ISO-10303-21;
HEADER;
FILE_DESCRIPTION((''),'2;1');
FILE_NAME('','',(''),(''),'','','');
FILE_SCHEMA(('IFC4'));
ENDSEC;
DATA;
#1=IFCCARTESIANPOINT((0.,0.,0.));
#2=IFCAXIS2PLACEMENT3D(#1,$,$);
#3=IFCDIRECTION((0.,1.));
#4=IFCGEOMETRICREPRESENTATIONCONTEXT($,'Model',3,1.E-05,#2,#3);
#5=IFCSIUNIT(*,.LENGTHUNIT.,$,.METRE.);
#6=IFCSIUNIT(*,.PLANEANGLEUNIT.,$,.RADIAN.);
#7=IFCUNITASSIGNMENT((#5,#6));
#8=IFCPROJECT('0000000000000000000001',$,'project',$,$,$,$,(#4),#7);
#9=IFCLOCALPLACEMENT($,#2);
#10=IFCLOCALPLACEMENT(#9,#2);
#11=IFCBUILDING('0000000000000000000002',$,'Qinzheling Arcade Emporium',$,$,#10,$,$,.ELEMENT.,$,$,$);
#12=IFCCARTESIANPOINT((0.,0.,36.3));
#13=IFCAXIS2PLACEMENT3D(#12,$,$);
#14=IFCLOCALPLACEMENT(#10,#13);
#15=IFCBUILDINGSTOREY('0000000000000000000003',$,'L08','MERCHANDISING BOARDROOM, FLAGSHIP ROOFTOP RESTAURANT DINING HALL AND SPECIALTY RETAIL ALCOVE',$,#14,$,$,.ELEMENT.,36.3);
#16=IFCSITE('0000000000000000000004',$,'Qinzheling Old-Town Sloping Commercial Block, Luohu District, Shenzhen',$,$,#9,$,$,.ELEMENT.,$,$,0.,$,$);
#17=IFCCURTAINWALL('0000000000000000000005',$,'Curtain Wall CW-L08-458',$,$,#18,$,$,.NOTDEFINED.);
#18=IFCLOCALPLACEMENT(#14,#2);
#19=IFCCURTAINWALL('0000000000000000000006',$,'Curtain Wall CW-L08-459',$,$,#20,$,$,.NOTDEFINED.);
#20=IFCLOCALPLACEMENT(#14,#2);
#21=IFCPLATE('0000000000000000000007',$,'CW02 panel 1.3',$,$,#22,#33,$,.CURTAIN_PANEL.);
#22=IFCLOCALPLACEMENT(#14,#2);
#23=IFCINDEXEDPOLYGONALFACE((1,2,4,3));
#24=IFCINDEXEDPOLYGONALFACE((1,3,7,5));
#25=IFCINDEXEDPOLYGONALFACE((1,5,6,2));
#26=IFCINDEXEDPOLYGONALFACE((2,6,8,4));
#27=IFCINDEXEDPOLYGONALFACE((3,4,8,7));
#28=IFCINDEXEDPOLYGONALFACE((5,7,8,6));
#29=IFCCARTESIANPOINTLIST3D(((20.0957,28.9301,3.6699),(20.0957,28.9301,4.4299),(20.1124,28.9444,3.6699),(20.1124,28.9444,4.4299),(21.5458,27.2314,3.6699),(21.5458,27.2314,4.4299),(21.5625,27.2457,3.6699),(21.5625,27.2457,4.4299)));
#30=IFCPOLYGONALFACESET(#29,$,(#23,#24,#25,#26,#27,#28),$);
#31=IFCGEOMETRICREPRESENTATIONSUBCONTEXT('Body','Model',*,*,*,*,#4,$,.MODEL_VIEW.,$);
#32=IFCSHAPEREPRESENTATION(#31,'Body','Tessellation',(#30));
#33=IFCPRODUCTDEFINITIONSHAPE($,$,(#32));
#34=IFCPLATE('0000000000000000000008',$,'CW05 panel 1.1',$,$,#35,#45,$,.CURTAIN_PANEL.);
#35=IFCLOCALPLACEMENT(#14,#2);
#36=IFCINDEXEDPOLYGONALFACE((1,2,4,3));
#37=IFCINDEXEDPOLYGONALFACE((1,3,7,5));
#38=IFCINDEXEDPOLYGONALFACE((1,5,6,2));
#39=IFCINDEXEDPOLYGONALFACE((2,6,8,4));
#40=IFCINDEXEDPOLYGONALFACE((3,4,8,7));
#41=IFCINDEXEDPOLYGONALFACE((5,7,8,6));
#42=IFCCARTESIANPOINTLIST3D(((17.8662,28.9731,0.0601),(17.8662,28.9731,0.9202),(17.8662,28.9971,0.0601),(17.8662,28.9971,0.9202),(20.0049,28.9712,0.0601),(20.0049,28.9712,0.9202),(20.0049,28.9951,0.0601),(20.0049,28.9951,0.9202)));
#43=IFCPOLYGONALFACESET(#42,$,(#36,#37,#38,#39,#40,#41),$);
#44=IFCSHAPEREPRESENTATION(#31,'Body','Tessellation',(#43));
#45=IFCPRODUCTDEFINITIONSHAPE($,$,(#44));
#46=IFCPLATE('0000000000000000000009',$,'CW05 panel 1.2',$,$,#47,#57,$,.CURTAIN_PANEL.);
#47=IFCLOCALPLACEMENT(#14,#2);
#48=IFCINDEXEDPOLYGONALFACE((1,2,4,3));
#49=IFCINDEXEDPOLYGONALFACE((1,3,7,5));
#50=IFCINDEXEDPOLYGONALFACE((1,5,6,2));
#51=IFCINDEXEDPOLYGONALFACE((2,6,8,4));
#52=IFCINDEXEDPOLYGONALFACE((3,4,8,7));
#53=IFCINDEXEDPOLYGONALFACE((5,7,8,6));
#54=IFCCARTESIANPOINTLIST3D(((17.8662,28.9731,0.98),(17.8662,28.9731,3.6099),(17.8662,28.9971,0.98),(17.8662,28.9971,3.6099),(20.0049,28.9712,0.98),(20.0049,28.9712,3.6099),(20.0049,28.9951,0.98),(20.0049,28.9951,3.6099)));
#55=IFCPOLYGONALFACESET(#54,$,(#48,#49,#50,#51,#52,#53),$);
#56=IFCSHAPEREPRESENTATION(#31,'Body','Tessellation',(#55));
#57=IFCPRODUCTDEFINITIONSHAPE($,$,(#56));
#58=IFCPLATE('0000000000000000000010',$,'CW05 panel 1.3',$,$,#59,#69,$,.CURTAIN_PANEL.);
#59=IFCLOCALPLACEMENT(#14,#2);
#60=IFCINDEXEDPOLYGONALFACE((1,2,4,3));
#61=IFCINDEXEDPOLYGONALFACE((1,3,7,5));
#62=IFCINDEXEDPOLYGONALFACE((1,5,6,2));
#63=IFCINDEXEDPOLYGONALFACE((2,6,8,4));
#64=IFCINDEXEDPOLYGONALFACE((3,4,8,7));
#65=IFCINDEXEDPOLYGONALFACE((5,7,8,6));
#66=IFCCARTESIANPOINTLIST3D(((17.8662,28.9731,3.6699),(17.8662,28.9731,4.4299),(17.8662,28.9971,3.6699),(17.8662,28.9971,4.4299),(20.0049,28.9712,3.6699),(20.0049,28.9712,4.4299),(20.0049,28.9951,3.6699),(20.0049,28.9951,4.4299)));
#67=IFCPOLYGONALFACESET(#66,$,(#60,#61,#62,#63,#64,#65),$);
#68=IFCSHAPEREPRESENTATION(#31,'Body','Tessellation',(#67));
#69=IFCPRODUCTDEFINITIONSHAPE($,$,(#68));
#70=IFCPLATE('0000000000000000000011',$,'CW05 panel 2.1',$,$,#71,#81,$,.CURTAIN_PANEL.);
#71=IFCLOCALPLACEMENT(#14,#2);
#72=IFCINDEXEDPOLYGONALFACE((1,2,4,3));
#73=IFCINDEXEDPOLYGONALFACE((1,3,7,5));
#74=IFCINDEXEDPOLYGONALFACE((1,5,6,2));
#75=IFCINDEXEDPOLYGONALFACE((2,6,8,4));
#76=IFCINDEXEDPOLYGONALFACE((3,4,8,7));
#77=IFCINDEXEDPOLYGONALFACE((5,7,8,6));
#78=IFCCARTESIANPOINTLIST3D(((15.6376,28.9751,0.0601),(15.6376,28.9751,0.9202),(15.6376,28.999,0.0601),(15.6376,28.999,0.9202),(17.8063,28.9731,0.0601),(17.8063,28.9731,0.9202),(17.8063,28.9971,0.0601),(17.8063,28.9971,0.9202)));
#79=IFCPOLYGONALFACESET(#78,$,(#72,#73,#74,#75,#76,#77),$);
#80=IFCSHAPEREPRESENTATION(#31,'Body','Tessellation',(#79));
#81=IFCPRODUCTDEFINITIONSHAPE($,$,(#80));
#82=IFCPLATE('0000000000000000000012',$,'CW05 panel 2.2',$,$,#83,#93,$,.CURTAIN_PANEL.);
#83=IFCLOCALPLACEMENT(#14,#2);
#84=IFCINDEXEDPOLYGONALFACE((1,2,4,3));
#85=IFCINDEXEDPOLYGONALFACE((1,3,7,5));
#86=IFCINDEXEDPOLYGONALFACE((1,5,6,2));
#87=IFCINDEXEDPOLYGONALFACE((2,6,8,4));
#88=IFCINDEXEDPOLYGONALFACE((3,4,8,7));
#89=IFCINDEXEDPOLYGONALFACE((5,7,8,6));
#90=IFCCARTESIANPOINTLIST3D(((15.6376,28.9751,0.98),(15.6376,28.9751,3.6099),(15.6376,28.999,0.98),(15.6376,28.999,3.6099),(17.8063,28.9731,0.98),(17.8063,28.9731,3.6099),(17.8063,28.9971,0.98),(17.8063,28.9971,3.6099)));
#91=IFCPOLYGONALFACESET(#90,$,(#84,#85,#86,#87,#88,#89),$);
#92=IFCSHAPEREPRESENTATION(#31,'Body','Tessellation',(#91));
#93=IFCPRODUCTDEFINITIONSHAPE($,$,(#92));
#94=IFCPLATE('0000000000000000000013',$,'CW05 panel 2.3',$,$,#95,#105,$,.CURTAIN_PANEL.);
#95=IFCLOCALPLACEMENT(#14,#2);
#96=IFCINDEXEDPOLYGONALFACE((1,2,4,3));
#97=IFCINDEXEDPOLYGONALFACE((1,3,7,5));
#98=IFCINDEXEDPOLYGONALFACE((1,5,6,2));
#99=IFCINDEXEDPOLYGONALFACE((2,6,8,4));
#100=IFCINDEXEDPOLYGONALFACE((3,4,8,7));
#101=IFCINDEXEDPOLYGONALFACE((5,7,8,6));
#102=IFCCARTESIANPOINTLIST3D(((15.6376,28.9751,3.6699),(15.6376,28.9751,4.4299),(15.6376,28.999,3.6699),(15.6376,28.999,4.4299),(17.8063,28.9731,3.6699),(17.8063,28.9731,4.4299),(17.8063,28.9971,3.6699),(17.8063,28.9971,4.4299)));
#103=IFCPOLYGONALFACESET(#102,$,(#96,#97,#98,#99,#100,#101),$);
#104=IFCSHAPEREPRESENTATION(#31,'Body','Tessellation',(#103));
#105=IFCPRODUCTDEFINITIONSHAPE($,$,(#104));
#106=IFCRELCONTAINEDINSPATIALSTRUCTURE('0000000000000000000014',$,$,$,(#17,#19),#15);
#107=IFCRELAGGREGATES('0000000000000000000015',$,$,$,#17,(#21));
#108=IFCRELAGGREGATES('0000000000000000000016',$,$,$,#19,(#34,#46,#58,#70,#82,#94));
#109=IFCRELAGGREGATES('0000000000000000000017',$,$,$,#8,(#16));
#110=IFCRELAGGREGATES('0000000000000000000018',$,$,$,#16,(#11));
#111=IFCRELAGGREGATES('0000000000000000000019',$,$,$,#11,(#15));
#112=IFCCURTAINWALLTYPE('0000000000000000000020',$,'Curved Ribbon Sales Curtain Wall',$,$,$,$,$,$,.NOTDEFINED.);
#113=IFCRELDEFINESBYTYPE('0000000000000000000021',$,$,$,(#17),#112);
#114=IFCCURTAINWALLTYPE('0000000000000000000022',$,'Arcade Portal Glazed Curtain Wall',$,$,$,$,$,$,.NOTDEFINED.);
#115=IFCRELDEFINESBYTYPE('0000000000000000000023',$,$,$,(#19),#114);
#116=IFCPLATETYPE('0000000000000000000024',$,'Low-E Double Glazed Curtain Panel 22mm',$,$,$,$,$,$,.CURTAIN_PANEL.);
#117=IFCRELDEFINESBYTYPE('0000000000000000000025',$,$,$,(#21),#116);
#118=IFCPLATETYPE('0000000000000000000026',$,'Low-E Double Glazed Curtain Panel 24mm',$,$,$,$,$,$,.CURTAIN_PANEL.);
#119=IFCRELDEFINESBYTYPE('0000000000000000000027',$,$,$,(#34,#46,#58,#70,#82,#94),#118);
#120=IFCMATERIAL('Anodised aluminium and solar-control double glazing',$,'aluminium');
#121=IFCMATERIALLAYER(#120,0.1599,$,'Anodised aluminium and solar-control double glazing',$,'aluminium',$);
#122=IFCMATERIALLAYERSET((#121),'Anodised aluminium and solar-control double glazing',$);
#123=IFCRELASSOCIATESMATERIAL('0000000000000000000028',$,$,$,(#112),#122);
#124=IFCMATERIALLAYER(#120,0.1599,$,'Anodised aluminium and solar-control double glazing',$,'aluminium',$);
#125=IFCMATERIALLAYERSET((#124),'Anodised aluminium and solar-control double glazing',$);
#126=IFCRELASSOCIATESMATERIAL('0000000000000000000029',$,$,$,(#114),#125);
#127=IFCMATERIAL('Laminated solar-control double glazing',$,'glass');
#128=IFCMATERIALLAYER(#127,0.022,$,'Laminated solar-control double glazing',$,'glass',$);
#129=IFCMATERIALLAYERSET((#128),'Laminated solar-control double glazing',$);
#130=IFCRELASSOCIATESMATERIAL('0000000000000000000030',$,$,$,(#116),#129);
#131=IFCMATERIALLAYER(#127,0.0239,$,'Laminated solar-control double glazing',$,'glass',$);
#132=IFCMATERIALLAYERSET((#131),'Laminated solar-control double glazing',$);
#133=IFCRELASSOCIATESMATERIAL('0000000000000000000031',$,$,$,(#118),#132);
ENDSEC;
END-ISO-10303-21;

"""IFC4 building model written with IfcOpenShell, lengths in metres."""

from ifc_helpers import new_model, si_unit, direction, frame, origin, origin_2d, place, context, subcontext, project, spatial, rectangle, extrude, material, layer, layer_set, type_object, element, aggregate, save


model = new_model("IFC4")

# Units and contexts
model_context = context("Model", 3, precision=1e-05, world=origin(), true_north=direction((0.0, 1.0)))
body_context = subcontext(model_context, "Body", "Model", "MODEL_VIEW")
ifc_project = project(units=[si_unit("LENGTHUNIT", "METRE"), si_unit("PLANEANGLEUNIT", "RADIAN")], contexts=[model_context])

# Site, building, storey
site_placement = place(None, origin())
site = spatial("IfcSite", under=ifc_project, at=site_placement, Name="Qinzheling Old-Town Sloping Commercial Block, Luohu District, Shenzhen", CompositionType="ELEMENT", RefElevation=0.0)
building_placement = place(site_placement, origin())
building = spatial("IfcBuilding", under=site, at=building_placement, Name="Qinzheling Arcade Emporium", CompositionType="ELEMENT")
storey_placement = place(building_placement, frame((0.0, 0.0, 36.3)))
storey = spatial("IfcBuildingStorey", under=building, at=storey_placement, Name="L08", Description="MERCHANDISING BOARDROOM, FLAGSHIP ROOFTOP RESTAURANT DINING HALL AND SPECIALTY RETAIL ALCOVE", CompositionType="ELEMENT", Elevation=36.3)

# Shared definitions
ifc_material_1 = material(Name="Anodised aluminium and solar-control double glazing", Category="aluminium")
ifc_layer_1 = layer(ifc_material_1, 0.1599, Name="Anodised aluminium and solar-control double glazing", Category="aluminium")
ifc_layer_set_1 = layer_set([ifc_layer_1], Name="Anodised aluminium and solar-control double glazing")
curtain_wall_type_1 = type_object("IfcCurtainWallType", Name="Curved Ribbon Sales Curtain Wall", PredefinedType="NOTDEFINED", material=ifc_layer_set_1)

# Curtain walls
curtain_wall_1_placement = place(storey_placement, origin())
curtain_wall_1 = element("IfcCurtainWall", 1, at=curtain_wall_1_placement, inside=storey, type_object=curtain_wall_type_1, Name="Curtain Wall CW-L08-458", PredefinedType="NOTDEFINED")
ifc_layer_2 = layer(ifc_material_1, 0.1599, Name="Anodised aluminium and solar-control double glazing", Category="aluminium")
ifc_layer_set_2 = layer_set([ifc_layer_2], Name="Anodised aluminium and solar-control double glazing")
curtain_wall_type_2 = type_object("IfcCurtainWallType", Name="Arcade Portal Glazed Curtain Wall", PredefinedType="NOTDEFINED", material=ifc_layer_set_2)
curtain_wall_2_placement = place(storey_placement, origin())
curtain_wall_2 = element("IfcCurtainWall", 2, at=curtain_wall_2_placement, inside=storey, type_object=curtain_wall_type_2, Name="Curtain Wall CW-L08-459", PredefinedType="NOTDEFINED")

# Plates
ifc_material_2 = material(Name="Laminated solar-control double glazing", Category="glass")
ifc_layer_3 = layer(ifc_material_2, 0.022, Name="Laminated solar-control double glazing", Category="glass")
ifc_layer_set_3 = layer_set([ifc_layer_3], Name="Laminated solar-control double glazing")
plate_type_1 = type_object("IfcPlateType", Name="Low-E Double Glazed Curtain Panel 22mm", PredefinedType="CURTAIN_PANEL", material=ifc_layer_set_3)
plate_1_placement = place(storey_placement, frame((20.8291, 28.0879, 3.6699), z_axis=(0.0, 0.0, 1.0), x_axis=(-0.64925, 0.760575, 0.0)))
plate_1 = element("IfcPlate", 3, at=plate_1_placement, type_object=plate_type_1, Name="CW02 panel 1.3", PredefinedType="CURTAIN_PANEL", context=body_context, shape_type="SweptSolid", body=[
    extrude(rectangle(XDim=2.2334, YDim=0.022, at=origin_2d()), origin(), (0.0, 0.0, 1.0), 0.76),
])
aggregate(curtain_wall_1, [plate_1])
ifc_layer_4 = layer(ifc_material_2, 0.0239, Name="Laminated solar-control double glazing", Category="glass")
ifc_layer_set_4 = layer_set([ifc_layer_4], Name="Laminated solar-control double glazing")
plate_type_2 = type_object("IfcPlateType", Name="Low-E Double Glazed Curtain Panel 24mm", PredefinedType="CURTAIN_PANEL", material=ifc_layer_set_4)
plate_2_placement = place(storey_placement, frame((18.9355, 28.9841, 0.0601), z_axis=(0.0, 0.0, 1.0), x_axis=(-1.0, 0.000897, 0.0)))
plate_2 = element("IfcPlate", 4, at=plate_2_placement, type_object=plate_type_2, Name="CW05 panel 1.1", PredefinedType="CURTAIN_PANEL", context=body_context, shape_type="SweptSolid", body=[
    extrude(rectangle(XDim=2.1387, YDim=0.0239, at=origin_2d()), origin(), (0.0, 0.0, 1.0), 0.8601),
])
plate_3_placement = place(storey_placement, frame((18.9355, 28.9841, 0.98), z_axis=(0.0, 0.0, 1.0), x_axis=(-1.0, 0.000897, 0.0)))
plate_3 = element("IfcPlate", 5, at=plate_3_placement, type_object=plate_type_2, Name="CW05 panel 1.2", PredefinedType="CURTAIN_PANEL", context=body_context, shape_type="SweptSolid", body=[
    extrude(rectangle(XDim=2.1387, YDim=0.0239, at=origin_2d()), origin(), (0.0, 0.0, 1.0), 2.6299),
])
plate_4_placement = place(storey_placement, frame((18.9355, 28.9841, 3.6699), z_axis=(0.0, 0.0, 1.0), x_axis=(-1.0, 0.000897, 0.0)))
plate_4 = element("IfcPlate", 6, at=plate_4_placement, type_object=plate_type_2, Name="CW05 panel 1.3", PredefinedType="CURTAIN_PANEL", context=body_context, shape_type="SweptSolid", body=[
    extrude(rectangle(XDim=2.1387, YDim=0.0239, at=origin_2d()), origin(), (0.0, 0.0, 1.0), 0.76),
])
plate_5_placement = place(storey_placement, frame((16.7219, 28.9861, 0.0601), z_axis=(0.0, 0.0, 1.0), x_axis=(-1.0, 0.000897, 0.0)))
plate_5 = element("IfcPlate", 7, at=plate_5_placement, type_object=plate_type_2, Name="CW05 panel 2.1", PredefinedType="CURTAIN_PANEL", context=body_context, shape_type="SweptSolid", body=[
    extrude(rectangle(XDim=2.1687, YDim=0.0239, at=origin_2d()), origin(), (0.0, 0.0, 1.0), 0.8601),
])
plate_6_placement = place(storey_placement, frame((16.7219, 28.9861, 0.98), z_axis=(0.0, 0.0, 1.0), x_axis=(-1.0, 0.000897, 0.0)))
plate_6 = element("IfcPlate", 8, at=plate_6_placement, type_object=plate_type_2, Name="CW05 panel 2.2", PredefinedType="CURTAIN_PANEL", context=body_context, shape_type="SweptSolid", body=[
    extrude(rectangle(XDim=2.1687, YDim=0.0239, at=origin_2d()), origin(), (0.0, 0.0, 1.0), 2.6299),
])
plate_7_placement = place(storey_placement, frame((16.7219, 28.9861, 3.6699), z_axis=(0.0, 0.0, 1.0), x_axis=(-1.0, 0.000897, 0.0)))
plate_7 = element("IfcPlate", 9, at=plate_7_placement, type_object=plate_type_2, Name="CW05 panel 2.3", PredefinedType="CURTAIN_PANEL", context=body_context, shape_type="SweptSolid", body=[
    extrude(rectangle(XDim=2.1687, YDim=0.0239, at=origin_2d()), origin(), (0.0, 0.0, 1.0), 0.76),
])
aggregate(curtain_wall_2, [plate_2, plate_3, plate_4, plate_5, plate_6, plate_7])

save(model, "model.ifc")
